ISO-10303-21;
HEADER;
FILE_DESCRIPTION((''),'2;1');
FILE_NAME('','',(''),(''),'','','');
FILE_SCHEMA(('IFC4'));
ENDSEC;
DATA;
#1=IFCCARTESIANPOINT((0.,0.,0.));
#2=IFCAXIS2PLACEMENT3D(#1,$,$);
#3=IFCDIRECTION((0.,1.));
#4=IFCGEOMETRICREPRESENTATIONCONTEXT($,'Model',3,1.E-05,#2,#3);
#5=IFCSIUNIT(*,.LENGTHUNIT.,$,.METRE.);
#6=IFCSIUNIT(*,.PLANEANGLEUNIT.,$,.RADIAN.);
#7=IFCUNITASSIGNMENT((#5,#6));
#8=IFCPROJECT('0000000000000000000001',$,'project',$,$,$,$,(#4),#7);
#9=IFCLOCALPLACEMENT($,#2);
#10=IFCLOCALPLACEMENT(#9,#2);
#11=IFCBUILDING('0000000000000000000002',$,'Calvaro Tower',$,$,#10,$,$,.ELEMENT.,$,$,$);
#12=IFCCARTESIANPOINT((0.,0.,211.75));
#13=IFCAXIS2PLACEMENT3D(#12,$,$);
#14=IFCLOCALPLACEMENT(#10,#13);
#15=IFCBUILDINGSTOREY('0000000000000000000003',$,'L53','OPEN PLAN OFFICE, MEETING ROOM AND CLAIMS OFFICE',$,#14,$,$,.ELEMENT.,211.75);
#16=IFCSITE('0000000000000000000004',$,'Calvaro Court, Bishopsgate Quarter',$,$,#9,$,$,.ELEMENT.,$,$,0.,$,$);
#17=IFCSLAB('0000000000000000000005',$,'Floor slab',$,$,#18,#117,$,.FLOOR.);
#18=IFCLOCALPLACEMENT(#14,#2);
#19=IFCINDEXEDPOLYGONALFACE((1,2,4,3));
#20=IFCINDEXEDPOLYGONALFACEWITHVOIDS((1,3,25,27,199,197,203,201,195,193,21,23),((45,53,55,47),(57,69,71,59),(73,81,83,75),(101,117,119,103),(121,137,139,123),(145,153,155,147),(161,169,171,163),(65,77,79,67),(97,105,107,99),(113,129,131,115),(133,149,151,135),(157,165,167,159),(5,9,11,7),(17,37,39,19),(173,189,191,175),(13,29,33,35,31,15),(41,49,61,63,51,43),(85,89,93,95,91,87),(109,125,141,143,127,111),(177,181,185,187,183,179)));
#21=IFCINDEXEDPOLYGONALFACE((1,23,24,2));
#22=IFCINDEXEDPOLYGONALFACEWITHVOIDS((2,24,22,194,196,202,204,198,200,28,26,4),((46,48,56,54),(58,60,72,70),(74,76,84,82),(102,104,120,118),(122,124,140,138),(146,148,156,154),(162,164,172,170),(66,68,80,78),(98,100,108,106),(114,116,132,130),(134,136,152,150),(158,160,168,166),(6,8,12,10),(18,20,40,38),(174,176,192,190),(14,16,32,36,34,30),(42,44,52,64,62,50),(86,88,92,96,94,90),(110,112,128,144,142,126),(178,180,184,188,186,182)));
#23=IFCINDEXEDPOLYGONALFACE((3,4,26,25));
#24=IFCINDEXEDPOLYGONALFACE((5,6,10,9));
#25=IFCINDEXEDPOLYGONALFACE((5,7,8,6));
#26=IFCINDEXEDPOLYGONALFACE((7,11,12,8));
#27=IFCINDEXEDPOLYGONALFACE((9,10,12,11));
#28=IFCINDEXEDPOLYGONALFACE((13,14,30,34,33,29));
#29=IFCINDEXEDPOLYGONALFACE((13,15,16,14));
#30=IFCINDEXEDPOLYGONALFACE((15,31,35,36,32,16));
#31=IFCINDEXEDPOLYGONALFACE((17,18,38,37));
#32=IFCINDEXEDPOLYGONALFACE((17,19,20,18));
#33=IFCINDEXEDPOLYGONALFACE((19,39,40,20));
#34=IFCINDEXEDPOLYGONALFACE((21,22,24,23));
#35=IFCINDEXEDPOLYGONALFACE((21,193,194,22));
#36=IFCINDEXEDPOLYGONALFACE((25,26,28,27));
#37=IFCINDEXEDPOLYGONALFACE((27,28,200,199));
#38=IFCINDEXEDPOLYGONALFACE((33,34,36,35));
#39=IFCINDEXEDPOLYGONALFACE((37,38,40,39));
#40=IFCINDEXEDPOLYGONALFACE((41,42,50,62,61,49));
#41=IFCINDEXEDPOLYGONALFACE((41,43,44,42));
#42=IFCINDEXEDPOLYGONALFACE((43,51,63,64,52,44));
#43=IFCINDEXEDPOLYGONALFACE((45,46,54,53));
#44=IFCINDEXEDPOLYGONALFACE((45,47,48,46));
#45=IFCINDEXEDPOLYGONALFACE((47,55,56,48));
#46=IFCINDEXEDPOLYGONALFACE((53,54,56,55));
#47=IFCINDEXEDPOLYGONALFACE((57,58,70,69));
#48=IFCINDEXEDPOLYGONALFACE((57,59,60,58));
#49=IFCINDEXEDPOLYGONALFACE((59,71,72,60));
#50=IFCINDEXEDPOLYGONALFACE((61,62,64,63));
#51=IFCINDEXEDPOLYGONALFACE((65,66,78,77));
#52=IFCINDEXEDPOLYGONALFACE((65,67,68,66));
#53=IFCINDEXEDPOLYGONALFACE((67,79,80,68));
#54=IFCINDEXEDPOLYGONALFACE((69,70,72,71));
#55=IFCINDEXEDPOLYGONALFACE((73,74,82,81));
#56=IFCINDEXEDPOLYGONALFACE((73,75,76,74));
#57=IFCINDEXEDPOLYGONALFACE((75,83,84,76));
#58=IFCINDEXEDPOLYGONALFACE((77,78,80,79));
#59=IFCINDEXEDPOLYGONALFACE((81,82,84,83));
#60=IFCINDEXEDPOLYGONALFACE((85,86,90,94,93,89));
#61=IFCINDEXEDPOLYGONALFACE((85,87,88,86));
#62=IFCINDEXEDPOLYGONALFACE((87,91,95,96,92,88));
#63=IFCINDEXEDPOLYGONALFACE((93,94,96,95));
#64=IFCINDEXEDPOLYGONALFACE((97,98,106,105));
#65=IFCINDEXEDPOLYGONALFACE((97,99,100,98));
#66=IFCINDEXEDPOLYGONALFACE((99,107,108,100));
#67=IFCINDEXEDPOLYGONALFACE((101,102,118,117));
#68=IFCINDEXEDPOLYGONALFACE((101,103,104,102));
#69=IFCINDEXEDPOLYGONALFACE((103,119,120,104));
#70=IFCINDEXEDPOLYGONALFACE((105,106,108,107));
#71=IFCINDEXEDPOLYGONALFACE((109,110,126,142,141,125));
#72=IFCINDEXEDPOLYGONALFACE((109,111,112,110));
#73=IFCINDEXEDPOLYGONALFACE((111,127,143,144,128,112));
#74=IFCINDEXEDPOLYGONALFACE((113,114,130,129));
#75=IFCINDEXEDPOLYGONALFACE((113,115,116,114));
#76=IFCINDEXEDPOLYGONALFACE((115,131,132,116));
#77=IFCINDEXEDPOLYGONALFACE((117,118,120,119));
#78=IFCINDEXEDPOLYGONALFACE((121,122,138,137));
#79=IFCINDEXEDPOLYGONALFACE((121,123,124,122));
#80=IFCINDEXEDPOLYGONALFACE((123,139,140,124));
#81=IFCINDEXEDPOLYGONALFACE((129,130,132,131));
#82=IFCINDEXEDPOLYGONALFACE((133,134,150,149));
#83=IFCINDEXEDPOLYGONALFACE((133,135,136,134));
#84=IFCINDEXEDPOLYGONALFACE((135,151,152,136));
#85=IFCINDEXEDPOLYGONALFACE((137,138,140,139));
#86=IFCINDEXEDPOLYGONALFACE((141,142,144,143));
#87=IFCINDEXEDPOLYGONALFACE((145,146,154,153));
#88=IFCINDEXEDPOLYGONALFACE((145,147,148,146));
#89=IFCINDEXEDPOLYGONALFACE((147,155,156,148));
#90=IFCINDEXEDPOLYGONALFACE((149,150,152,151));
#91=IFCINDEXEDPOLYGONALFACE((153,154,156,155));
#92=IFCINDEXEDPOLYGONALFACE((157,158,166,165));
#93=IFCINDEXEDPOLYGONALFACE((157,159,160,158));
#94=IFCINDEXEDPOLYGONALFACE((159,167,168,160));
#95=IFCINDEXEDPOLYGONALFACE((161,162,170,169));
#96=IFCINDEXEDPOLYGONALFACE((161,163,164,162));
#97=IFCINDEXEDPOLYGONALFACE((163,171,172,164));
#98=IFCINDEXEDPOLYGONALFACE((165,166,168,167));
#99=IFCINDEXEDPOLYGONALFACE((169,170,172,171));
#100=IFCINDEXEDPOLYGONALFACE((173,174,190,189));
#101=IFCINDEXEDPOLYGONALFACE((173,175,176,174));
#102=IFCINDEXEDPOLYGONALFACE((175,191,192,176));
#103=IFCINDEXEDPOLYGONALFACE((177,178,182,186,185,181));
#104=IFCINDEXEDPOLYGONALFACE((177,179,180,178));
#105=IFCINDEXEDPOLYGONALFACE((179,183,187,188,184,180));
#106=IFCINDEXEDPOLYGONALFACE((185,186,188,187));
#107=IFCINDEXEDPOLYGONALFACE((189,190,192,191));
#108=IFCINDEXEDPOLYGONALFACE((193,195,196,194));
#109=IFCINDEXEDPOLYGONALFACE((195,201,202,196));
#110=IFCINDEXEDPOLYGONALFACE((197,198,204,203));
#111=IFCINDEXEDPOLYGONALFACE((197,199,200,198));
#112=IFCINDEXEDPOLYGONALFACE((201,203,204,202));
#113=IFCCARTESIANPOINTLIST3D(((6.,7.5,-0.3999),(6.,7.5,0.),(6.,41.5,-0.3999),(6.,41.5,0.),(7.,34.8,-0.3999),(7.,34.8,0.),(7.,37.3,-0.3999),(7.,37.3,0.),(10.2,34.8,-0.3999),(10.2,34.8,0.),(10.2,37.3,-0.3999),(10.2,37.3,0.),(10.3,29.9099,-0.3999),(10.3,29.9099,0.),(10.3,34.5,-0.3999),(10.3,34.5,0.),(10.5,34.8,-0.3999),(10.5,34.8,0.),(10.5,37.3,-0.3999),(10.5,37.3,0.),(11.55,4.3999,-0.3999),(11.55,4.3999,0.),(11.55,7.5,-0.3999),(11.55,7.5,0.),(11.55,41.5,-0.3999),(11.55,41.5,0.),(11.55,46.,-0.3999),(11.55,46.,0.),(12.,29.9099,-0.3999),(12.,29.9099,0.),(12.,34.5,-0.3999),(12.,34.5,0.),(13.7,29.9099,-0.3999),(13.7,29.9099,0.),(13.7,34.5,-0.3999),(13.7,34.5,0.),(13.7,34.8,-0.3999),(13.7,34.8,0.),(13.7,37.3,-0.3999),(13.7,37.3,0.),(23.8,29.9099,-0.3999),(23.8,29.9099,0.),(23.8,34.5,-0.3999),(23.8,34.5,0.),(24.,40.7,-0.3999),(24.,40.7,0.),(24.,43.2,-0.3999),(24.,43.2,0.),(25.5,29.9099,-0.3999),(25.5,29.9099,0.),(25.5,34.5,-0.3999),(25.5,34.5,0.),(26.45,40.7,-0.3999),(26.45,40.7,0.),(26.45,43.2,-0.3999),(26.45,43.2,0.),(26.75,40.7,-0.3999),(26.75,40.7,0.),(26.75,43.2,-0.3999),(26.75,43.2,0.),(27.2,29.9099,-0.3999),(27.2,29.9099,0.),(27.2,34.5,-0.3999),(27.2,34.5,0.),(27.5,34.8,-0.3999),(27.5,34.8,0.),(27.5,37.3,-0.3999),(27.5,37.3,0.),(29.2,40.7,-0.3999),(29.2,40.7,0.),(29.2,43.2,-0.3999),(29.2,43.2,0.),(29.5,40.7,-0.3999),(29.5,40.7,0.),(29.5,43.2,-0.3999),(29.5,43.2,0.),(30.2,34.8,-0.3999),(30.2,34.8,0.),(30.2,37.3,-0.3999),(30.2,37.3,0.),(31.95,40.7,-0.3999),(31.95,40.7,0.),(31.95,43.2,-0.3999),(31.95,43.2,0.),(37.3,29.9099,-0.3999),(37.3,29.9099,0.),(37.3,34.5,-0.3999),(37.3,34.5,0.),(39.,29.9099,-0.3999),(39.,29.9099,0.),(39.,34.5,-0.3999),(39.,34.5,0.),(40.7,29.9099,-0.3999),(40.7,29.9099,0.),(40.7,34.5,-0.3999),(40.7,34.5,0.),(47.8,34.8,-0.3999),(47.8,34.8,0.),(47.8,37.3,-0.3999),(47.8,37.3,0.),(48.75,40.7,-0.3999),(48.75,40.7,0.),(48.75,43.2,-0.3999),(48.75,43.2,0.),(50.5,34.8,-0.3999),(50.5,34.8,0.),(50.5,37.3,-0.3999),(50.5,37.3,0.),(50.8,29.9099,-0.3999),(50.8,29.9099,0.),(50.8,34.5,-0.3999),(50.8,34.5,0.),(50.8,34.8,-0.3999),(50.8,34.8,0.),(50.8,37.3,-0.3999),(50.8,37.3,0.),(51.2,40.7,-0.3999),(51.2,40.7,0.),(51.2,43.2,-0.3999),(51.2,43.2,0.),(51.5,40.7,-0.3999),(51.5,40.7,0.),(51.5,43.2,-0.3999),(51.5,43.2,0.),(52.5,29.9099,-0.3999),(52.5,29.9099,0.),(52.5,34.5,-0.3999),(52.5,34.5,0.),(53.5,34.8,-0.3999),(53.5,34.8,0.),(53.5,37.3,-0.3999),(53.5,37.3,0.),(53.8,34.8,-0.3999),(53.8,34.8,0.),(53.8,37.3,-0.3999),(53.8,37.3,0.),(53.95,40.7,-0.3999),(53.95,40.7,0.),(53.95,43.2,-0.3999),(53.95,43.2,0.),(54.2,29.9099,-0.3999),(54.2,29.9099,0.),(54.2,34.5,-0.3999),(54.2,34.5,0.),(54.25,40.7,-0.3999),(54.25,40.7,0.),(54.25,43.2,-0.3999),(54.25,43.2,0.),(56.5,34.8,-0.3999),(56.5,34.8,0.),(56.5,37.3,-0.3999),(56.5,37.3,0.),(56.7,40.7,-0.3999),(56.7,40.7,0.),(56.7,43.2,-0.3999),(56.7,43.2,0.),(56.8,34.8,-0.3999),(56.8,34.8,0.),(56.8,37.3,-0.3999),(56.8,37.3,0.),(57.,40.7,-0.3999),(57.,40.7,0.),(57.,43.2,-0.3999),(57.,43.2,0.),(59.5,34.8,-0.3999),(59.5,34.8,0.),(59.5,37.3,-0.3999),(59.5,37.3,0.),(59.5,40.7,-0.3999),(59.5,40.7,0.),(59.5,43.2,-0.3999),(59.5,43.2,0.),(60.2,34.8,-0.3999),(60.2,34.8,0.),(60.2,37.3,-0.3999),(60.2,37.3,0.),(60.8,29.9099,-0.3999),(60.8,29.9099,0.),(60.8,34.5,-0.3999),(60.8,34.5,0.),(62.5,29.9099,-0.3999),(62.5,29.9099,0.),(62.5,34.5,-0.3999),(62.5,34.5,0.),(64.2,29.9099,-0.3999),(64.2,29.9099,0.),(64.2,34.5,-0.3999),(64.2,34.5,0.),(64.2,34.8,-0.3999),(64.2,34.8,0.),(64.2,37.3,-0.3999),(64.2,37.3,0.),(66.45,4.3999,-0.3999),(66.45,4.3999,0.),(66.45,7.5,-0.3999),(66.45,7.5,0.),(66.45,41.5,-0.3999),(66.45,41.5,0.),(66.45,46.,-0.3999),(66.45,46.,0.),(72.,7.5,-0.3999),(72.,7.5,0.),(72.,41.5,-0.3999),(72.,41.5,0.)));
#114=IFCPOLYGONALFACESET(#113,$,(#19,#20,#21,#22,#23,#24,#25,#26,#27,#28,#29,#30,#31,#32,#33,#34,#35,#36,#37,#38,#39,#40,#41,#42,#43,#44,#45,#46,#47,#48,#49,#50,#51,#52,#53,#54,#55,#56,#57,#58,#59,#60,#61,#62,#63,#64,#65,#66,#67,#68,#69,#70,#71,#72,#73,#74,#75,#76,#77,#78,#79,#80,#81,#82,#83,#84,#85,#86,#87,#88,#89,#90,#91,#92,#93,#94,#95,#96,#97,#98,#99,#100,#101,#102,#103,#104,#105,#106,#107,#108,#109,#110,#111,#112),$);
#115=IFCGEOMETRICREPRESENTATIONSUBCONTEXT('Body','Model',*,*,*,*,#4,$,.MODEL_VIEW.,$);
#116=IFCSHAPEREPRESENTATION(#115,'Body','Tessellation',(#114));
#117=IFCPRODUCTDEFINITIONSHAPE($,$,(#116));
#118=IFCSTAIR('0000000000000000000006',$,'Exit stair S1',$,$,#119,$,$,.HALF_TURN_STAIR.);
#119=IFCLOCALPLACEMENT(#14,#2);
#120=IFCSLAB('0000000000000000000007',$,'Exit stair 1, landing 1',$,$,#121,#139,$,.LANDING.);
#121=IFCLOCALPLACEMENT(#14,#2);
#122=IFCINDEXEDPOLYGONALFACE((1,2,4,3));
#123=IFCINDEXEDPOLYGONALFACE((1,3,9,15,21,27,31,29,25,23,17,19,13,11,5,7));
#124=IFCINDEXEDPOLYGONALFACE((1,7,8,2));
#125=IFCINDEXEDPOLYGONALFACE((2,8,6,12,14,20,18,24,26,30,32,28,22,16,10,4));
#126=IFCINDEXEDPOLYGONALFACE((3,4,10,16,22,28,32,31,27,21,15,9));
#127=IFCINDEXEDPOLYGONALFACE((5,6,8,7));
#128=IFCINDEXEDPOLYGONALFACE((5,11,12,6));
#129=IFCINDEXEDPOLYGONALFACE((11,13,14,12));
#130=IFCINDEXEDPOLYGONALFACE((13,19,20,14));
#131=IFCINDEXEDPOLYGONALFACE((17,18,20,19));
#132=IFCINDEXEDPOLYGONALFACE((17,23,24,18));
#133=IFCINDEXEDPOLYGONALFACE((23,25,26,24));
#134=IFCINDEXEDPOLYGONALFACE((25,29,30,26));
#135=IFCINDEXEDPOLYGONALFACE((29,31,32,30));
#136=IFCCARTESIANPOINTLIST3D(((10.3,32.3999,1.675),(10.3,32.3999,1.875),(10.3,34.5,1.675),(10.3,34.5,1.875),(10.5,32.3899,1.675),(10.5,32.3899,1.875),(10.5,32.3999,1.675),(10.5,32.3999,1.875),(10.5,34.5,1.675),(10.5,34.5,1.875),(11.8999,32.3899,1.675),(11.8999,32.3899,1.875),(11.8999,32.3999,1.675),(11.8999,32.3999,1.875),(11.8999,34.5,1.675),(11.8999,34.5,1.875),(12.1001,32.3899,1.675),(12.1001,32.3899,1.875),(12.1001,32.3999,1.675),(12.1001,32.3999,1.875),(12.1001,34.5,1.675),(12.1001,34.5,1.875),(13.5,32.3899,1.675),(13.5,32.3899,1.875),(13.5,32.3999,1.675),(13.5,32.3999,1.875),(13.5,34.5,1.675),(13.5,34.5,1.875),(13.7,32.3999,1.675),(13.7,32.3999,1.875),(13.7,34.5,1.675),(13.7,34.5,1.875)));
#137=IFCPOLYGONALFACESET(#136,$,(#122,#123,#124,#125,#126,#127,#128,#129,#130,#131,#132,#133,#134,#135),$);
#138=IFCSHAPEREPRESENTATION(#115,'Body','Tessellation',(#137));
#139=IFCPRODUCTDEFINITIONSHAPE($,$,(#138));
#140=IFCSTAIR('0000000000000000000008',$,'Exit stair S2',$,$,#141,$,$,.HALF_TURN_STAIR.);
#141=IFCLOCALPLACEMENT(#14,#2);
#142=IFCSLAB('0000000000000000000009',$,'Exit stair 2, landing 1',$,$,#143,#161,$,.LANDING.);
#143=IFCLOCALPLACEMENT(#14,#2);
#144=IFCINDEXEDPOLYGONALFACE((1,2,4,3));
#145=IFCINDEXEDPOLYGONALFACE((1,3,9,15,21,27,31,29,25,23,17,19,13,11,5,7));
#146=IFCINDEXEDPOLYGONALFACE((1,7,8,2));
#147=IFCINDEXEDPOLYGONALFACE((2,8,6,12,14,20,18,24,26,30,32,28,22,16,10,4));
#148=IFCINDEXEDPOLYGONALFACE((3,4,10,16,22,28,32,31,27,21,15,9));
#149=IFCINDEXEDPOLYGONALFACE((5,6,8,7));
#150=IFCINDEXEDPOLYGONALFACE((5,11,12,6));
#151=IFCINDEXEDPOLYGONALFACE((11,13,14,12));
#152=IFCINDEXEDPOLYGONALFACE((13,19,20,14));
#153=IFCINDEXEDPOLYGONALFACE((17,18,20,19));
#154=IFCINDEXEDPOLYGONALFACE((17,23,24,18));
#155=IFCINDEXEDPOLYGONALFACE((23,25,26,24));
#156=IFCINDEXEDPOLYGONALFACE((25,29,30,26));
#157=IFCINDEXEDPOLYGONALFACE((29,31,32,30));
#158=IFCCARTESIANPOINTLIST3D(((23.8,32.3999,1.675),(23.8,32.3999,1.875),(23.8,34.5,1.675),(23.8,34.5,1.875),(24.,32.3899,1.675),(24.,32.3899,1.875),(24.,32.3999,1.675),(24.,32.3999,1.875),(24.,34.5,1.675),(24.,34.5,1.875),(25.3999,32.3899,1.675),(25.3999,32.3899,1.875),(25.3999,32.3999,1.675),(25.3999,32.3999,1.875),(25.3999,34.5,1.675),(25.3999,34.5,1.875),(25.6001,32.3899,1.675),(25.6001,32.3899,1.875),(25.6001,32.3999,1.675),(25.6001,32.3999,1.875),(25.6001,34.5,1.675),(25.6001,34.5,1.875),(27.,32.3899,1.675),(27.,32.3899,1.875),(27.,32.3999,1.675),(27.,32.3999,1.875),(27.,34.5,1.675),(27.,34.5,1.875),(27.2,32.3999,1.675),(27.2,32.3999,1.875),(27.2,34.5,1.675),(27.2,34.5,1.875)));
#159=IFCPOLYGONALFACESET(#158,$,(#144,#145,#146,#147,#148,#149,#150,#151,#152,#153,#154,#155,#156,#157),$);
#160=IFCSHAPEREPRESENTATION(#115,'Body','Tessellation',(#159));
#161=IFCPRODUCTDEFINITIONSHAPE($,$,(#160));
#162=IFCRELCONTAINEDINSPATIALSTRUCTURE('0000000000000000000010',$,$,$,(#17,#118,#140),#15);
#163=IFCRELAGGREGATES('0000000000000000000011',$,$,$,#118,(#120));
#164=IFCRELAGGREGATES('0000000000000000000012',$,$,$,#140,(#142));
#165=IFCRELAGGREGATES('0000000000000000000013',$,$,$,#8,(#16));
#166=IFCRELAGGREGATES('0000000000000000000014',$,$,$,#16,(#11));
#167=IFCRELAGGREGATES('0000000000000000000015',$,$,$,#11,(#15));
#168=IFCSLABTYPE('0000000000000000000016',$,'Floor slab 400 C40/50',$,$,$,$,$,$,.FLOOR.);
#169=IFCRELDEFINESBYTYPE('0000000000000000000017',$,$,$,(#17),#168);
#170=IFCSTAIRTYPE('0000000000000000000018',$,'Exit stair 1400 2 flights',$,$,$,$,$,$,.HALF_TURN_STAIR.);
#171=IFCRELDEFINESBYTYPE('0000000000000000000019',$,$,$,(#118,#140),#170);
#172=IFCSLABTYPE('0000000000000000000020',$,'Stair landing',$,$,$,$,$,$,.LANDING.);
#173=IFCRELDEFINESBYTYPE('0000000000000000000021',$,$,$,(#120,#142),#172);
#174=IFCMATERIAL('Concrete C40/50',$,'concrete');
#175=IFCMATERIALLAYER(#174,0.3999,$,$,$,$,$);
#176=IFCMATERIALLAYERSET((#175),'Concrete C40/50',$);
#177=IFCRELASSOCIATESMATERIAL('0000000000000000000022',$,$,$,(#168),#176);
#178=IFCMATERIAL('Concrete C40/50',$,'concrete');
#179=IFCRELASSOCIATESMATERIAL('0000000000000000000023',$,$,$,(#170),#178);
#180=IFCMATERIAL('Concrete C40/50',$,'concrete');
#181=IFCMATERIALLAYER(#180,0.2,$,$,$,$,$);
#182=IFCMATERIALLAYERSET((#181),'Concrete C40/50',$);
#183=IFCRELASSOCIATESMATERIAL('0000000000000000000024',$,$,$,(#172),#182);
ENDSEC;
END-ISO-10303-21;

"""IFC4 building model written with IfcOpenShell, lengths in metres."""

from ifc_helpers import new_model, si_unit, direction, frame, origin, place, context, subcontext, project, spatial, polyline, outline, extrude, material, layer, layer_set, type_object, element, aggregate, save


model = new_model("IFC4")

# Units and contexts
model_context = context("Model", 3, precision=1e-05, world=origin(), true_north=direction((0.0, 1.0)))
body_context = subcontext(model_context, "Body", "Model", "MODEL_VIEW")
ifc_project = project(units=[si_unit("LENGTHUNIT", "METRE"), si_unit("PLANEANGLEUNIT", "RADIAN")], contexts=[model_context])

# Site, building, storey
site_placement = place(None, origin())
site = spatial("IfcSite", under=ifc_project, at=site_placement, Name="Calvaro Court, Bishopsgate Quarter", CompositionType="ELEMENT", RefElevation=0.0)
building_placement = place(site_placement, origin())
building = spatial("IfcBuilding", under=site, at=building_placement, Name="Calvaro Tower", CompositionType="ELEMENT")
storey_placement = place(building_placement, frame((0.0, 0.0, 211.75)))
storey = spatial("IfcBuildingStorey", under=building, at=storey_placement, Name="L53", Description="OPEN PLAN OFFICE, MEETING ROOM AND CLAIMS OFFICE", CompositionType="ELEMENT", Elevation=211.75)

# Slab
ifc_material_1 = material(Name="Concrete C40/50", Category="concrete")
ifc_layer_1 = layer(ifc_material_1, 0.3999)
ifc_layer_set_1 = layer_set([ifc_layer_1], Name="Concrete C40/50")
slab_type_1 = type_object("IfcSlabType", Name="Floor slab 400 C40/50", PredefinedType="FLOOR", material=ifc_layer_set_1)
slab_1_placement = place(storey_placement, frame((0.0, 0.0, -0.3999)))
element("IfcSlab", 1, at=slab_1_placement, inside=storey, type_object=slab_type_1, Name="Floor slab", PredefinedType="FLOOR", context=body_context, shape_type="SweptSolid", body=[
    extrude(outline(polyline([(66.45, 7.5), (66.45, 4.3999), (11.55, 4.3999), (11.55, 7.5), (6.0, 7.5), (6.0, 41.5), (11.55, 41.5), (11.55, 46.0), (66.45, 46.0), (66.45, 41.5), (72.0, 41.5), (72.0, 7.5), (66.45, 7.5)]), holes=[polyline([(10.3, 29.9099), (10.3, 34.5), (12.0, 34.5), (13.7, 34.5), (13.7, 29.9099), (12.0, 29.9099), (10.3, 29.9099)]), polyline([(23.8, 29.9099), (23.8, 34.5), (25.5, 34.5), (27.2, 34.5), (27.2, 29.9099), (25.5, 29.9099), (23.8, 29.9099)]), polyline([(37.3, 29.9099), (37.3, 34.5), (39.0, 34.5), (40.7, 34.5), (40.7, 29.9099), (39.0, 29.9099), (37.3, 29.9099)]), polyline([(50.8, 29.9099), (50.8, 34.5), (52.5, 34.5), (54.2, 34.5), (54.2, 29.9099), (52.5, 29.9099), (50.8, 29.9099)]), polyline([(60.8, 29.9099), (60.8, 34.5), (62.5, 34.5), (64.2, 34.5), (64.2, 29.9099), (62.5, 29.9099), (60.8, 29.9099)]), polyline([(50.8, 34.8), (53.5, 34.8), (53.5, 37.3), (50.8, 37.3), (50.8, 34.8)]), polyline([(53.8, 34.8), (56.5, 34.8), (56.5, 37.3), (53.8, 37.3), (53.8, 34.8)]), polyline([(56.8, 34.8), (59.5, 34.8), (59.5, 37.3), (56.8, 37.3), (56.8, 34.8)]), polyline([(24.0, 40.7), (26.45, 40.7), (26.45, 43.2), (24.0, 43.2), (24.0, 40.7)]), polyline([(26.75, 40.7), (29.2, 40.7), (29.2, 43.2), (26.75, 43.2), (26.75, 40.7)]), polyline([(29.5, 40.7), (31.95, 40.7), (31.95, 43.2), (29.5, 43.2), (29.5, 40.7)]), polyline([(48.75, 40.7), (51.2, 40.7), (51.2, 43.2), (48.75, 43.2), (48.75, 40.7)]), polyline([(51.5, 40.7), (53.95, 40.7), (53.95, 43.2), (51.5, 43.2), (51.5, 40.7)]), polyline([(54.25, 40.7), (56.7, 40.7), (56.7, 43.2), (54.25, 43.2), (54.25, 40.7)]), polyline([(57.0, 40.7), (59.5, 40.7), (59.5, 43.2), (57.0, 43.2), (57.0, 40.7)]), polyline([(7.0, 34.8), (10.2, 34.8), (10.2, 37.3), (7.0, 37.3), (7.0, 34.8)]), polyline([(10.5, 34.8), (13.7, 34.8), (13.7, 37.3), (10.5, 37.3), (10.5, 34.8)]), polyline([(60.2, 34.8), (64.2, 34.8), (64.2, 37.3), (60.2, 37.3), (60.2, 34.8)]), polyline([(27.5, 34.8), (30.2, 34.8), (30.2, 37.3), (27.5, 37.3), (27.5, 34.8)]), polyline([(47.8, 34.8), (50.5, 34.8), (50.5, 37.3), (47.8, 37.3), (47.8, 34.8)])]), origin(), (0.0, 0.0, 1.0), 0.3999),
])

# Stairs, slabs
ifc_material_2 = material(Name="Concrete C40/50", Category="concrete")
stair_type = type_object("IfcStairType", Name="Exit stair 1400 2 flights", PredefinedType="HALF_TURN_STAIR", material=ifc_material_2)
stair_1_placement = place(storey_placement, origin())
stair_1 = element("IfcStair", 2, at=stair_1_placement, inside=storey, type_object=stair_type, Name="Exit stair S1", PredefinedType="HALF_TURN_STAIR")
ifc_material_3 = material(Name="Concrete C40/50", Category="concrete")
ifc_layer_2 = layer(ifc_material_3, 0.2)
ifc_layer_set_2 = layer_set([ifc_layer_2], Name="Concrete C40/50")
slab_type_2 = type_object("IfcSlabType", Name="Stair landing", PredefinedType="LANDING", material=ifc_layer_set_2)
slab_2_placement = place(storey_placement, frame((0.0, 0.0, 1.675)))
slab_2 = element("IfcSlab", 3, at=slab_2_placement, type_object=slab_type_2, Name="Exit stair 1, landing 1", PredefinedType="LANDING", context=body_context, shape_type="SweptSolid", body=[
    extrude(outline(polyline([(11.8999, 32.3899), (10.5, 32.3899), (10.5, 32.3999), (10.3, 32.3999), (10.3, 34.5), (10.5, 34.5), (11.8999, 34.5), (12.1001, 34.5), (13.5, 34.5), (13.7, 34.5), (13.7, 32.3999), (13.5, 32.3999), (13.5, 32.3899), (12.1001, 32.3899), (12.1001, 32.3999), (11.8999, 32.3999), (11.8999, 32.3899)])), origin(), (0.0, 0.0, 1.0), 0.2),
])
aggregate(stair_1, [slab_2])
stair_2_placement = place(storey_placement, origin())
stair_2 = element("IfcStair", 4, at=stair_2_placement, inside=storey, type_object=stair_type, Name="Exit stair S2", PredefinedType="HALF_TURN_STAIR")
slab_3_placement = place(storey_placement, frame((0.0, 0.0, 1.675)))
slab_3 = element("IfcSlab", 5, at=slab_3_placement, type_object=slab_type_2, Name="Exit stair 2, landing 1", PredefinedType="LANDING", context=body_context, shape_type="SweptSolid", body=[
    extrude(outline(polyline([(25.3999, 32.3899), (24.0, 32.3899), (24.0, 32.3999), (23.8, 32.3999), (23.8, 34.5), (24.0, 34.5), (25.3999, 34.5), (25.6001, 34.5), (27.0, 34.5), (27.2, 34.5), (27.2, 32.3999), (27.0, 32.3999), (27.0, 32.3899), (25.6001, 32.3899), (25.6001, 32.3999), (25.3999, 32.3999), (25.3999, 32.3899)])), origin(), (0.0, 0.0, 1.0), 0.2),
])
aggregate(stair_2, [slab_3])

save(model, "model.ifc")
